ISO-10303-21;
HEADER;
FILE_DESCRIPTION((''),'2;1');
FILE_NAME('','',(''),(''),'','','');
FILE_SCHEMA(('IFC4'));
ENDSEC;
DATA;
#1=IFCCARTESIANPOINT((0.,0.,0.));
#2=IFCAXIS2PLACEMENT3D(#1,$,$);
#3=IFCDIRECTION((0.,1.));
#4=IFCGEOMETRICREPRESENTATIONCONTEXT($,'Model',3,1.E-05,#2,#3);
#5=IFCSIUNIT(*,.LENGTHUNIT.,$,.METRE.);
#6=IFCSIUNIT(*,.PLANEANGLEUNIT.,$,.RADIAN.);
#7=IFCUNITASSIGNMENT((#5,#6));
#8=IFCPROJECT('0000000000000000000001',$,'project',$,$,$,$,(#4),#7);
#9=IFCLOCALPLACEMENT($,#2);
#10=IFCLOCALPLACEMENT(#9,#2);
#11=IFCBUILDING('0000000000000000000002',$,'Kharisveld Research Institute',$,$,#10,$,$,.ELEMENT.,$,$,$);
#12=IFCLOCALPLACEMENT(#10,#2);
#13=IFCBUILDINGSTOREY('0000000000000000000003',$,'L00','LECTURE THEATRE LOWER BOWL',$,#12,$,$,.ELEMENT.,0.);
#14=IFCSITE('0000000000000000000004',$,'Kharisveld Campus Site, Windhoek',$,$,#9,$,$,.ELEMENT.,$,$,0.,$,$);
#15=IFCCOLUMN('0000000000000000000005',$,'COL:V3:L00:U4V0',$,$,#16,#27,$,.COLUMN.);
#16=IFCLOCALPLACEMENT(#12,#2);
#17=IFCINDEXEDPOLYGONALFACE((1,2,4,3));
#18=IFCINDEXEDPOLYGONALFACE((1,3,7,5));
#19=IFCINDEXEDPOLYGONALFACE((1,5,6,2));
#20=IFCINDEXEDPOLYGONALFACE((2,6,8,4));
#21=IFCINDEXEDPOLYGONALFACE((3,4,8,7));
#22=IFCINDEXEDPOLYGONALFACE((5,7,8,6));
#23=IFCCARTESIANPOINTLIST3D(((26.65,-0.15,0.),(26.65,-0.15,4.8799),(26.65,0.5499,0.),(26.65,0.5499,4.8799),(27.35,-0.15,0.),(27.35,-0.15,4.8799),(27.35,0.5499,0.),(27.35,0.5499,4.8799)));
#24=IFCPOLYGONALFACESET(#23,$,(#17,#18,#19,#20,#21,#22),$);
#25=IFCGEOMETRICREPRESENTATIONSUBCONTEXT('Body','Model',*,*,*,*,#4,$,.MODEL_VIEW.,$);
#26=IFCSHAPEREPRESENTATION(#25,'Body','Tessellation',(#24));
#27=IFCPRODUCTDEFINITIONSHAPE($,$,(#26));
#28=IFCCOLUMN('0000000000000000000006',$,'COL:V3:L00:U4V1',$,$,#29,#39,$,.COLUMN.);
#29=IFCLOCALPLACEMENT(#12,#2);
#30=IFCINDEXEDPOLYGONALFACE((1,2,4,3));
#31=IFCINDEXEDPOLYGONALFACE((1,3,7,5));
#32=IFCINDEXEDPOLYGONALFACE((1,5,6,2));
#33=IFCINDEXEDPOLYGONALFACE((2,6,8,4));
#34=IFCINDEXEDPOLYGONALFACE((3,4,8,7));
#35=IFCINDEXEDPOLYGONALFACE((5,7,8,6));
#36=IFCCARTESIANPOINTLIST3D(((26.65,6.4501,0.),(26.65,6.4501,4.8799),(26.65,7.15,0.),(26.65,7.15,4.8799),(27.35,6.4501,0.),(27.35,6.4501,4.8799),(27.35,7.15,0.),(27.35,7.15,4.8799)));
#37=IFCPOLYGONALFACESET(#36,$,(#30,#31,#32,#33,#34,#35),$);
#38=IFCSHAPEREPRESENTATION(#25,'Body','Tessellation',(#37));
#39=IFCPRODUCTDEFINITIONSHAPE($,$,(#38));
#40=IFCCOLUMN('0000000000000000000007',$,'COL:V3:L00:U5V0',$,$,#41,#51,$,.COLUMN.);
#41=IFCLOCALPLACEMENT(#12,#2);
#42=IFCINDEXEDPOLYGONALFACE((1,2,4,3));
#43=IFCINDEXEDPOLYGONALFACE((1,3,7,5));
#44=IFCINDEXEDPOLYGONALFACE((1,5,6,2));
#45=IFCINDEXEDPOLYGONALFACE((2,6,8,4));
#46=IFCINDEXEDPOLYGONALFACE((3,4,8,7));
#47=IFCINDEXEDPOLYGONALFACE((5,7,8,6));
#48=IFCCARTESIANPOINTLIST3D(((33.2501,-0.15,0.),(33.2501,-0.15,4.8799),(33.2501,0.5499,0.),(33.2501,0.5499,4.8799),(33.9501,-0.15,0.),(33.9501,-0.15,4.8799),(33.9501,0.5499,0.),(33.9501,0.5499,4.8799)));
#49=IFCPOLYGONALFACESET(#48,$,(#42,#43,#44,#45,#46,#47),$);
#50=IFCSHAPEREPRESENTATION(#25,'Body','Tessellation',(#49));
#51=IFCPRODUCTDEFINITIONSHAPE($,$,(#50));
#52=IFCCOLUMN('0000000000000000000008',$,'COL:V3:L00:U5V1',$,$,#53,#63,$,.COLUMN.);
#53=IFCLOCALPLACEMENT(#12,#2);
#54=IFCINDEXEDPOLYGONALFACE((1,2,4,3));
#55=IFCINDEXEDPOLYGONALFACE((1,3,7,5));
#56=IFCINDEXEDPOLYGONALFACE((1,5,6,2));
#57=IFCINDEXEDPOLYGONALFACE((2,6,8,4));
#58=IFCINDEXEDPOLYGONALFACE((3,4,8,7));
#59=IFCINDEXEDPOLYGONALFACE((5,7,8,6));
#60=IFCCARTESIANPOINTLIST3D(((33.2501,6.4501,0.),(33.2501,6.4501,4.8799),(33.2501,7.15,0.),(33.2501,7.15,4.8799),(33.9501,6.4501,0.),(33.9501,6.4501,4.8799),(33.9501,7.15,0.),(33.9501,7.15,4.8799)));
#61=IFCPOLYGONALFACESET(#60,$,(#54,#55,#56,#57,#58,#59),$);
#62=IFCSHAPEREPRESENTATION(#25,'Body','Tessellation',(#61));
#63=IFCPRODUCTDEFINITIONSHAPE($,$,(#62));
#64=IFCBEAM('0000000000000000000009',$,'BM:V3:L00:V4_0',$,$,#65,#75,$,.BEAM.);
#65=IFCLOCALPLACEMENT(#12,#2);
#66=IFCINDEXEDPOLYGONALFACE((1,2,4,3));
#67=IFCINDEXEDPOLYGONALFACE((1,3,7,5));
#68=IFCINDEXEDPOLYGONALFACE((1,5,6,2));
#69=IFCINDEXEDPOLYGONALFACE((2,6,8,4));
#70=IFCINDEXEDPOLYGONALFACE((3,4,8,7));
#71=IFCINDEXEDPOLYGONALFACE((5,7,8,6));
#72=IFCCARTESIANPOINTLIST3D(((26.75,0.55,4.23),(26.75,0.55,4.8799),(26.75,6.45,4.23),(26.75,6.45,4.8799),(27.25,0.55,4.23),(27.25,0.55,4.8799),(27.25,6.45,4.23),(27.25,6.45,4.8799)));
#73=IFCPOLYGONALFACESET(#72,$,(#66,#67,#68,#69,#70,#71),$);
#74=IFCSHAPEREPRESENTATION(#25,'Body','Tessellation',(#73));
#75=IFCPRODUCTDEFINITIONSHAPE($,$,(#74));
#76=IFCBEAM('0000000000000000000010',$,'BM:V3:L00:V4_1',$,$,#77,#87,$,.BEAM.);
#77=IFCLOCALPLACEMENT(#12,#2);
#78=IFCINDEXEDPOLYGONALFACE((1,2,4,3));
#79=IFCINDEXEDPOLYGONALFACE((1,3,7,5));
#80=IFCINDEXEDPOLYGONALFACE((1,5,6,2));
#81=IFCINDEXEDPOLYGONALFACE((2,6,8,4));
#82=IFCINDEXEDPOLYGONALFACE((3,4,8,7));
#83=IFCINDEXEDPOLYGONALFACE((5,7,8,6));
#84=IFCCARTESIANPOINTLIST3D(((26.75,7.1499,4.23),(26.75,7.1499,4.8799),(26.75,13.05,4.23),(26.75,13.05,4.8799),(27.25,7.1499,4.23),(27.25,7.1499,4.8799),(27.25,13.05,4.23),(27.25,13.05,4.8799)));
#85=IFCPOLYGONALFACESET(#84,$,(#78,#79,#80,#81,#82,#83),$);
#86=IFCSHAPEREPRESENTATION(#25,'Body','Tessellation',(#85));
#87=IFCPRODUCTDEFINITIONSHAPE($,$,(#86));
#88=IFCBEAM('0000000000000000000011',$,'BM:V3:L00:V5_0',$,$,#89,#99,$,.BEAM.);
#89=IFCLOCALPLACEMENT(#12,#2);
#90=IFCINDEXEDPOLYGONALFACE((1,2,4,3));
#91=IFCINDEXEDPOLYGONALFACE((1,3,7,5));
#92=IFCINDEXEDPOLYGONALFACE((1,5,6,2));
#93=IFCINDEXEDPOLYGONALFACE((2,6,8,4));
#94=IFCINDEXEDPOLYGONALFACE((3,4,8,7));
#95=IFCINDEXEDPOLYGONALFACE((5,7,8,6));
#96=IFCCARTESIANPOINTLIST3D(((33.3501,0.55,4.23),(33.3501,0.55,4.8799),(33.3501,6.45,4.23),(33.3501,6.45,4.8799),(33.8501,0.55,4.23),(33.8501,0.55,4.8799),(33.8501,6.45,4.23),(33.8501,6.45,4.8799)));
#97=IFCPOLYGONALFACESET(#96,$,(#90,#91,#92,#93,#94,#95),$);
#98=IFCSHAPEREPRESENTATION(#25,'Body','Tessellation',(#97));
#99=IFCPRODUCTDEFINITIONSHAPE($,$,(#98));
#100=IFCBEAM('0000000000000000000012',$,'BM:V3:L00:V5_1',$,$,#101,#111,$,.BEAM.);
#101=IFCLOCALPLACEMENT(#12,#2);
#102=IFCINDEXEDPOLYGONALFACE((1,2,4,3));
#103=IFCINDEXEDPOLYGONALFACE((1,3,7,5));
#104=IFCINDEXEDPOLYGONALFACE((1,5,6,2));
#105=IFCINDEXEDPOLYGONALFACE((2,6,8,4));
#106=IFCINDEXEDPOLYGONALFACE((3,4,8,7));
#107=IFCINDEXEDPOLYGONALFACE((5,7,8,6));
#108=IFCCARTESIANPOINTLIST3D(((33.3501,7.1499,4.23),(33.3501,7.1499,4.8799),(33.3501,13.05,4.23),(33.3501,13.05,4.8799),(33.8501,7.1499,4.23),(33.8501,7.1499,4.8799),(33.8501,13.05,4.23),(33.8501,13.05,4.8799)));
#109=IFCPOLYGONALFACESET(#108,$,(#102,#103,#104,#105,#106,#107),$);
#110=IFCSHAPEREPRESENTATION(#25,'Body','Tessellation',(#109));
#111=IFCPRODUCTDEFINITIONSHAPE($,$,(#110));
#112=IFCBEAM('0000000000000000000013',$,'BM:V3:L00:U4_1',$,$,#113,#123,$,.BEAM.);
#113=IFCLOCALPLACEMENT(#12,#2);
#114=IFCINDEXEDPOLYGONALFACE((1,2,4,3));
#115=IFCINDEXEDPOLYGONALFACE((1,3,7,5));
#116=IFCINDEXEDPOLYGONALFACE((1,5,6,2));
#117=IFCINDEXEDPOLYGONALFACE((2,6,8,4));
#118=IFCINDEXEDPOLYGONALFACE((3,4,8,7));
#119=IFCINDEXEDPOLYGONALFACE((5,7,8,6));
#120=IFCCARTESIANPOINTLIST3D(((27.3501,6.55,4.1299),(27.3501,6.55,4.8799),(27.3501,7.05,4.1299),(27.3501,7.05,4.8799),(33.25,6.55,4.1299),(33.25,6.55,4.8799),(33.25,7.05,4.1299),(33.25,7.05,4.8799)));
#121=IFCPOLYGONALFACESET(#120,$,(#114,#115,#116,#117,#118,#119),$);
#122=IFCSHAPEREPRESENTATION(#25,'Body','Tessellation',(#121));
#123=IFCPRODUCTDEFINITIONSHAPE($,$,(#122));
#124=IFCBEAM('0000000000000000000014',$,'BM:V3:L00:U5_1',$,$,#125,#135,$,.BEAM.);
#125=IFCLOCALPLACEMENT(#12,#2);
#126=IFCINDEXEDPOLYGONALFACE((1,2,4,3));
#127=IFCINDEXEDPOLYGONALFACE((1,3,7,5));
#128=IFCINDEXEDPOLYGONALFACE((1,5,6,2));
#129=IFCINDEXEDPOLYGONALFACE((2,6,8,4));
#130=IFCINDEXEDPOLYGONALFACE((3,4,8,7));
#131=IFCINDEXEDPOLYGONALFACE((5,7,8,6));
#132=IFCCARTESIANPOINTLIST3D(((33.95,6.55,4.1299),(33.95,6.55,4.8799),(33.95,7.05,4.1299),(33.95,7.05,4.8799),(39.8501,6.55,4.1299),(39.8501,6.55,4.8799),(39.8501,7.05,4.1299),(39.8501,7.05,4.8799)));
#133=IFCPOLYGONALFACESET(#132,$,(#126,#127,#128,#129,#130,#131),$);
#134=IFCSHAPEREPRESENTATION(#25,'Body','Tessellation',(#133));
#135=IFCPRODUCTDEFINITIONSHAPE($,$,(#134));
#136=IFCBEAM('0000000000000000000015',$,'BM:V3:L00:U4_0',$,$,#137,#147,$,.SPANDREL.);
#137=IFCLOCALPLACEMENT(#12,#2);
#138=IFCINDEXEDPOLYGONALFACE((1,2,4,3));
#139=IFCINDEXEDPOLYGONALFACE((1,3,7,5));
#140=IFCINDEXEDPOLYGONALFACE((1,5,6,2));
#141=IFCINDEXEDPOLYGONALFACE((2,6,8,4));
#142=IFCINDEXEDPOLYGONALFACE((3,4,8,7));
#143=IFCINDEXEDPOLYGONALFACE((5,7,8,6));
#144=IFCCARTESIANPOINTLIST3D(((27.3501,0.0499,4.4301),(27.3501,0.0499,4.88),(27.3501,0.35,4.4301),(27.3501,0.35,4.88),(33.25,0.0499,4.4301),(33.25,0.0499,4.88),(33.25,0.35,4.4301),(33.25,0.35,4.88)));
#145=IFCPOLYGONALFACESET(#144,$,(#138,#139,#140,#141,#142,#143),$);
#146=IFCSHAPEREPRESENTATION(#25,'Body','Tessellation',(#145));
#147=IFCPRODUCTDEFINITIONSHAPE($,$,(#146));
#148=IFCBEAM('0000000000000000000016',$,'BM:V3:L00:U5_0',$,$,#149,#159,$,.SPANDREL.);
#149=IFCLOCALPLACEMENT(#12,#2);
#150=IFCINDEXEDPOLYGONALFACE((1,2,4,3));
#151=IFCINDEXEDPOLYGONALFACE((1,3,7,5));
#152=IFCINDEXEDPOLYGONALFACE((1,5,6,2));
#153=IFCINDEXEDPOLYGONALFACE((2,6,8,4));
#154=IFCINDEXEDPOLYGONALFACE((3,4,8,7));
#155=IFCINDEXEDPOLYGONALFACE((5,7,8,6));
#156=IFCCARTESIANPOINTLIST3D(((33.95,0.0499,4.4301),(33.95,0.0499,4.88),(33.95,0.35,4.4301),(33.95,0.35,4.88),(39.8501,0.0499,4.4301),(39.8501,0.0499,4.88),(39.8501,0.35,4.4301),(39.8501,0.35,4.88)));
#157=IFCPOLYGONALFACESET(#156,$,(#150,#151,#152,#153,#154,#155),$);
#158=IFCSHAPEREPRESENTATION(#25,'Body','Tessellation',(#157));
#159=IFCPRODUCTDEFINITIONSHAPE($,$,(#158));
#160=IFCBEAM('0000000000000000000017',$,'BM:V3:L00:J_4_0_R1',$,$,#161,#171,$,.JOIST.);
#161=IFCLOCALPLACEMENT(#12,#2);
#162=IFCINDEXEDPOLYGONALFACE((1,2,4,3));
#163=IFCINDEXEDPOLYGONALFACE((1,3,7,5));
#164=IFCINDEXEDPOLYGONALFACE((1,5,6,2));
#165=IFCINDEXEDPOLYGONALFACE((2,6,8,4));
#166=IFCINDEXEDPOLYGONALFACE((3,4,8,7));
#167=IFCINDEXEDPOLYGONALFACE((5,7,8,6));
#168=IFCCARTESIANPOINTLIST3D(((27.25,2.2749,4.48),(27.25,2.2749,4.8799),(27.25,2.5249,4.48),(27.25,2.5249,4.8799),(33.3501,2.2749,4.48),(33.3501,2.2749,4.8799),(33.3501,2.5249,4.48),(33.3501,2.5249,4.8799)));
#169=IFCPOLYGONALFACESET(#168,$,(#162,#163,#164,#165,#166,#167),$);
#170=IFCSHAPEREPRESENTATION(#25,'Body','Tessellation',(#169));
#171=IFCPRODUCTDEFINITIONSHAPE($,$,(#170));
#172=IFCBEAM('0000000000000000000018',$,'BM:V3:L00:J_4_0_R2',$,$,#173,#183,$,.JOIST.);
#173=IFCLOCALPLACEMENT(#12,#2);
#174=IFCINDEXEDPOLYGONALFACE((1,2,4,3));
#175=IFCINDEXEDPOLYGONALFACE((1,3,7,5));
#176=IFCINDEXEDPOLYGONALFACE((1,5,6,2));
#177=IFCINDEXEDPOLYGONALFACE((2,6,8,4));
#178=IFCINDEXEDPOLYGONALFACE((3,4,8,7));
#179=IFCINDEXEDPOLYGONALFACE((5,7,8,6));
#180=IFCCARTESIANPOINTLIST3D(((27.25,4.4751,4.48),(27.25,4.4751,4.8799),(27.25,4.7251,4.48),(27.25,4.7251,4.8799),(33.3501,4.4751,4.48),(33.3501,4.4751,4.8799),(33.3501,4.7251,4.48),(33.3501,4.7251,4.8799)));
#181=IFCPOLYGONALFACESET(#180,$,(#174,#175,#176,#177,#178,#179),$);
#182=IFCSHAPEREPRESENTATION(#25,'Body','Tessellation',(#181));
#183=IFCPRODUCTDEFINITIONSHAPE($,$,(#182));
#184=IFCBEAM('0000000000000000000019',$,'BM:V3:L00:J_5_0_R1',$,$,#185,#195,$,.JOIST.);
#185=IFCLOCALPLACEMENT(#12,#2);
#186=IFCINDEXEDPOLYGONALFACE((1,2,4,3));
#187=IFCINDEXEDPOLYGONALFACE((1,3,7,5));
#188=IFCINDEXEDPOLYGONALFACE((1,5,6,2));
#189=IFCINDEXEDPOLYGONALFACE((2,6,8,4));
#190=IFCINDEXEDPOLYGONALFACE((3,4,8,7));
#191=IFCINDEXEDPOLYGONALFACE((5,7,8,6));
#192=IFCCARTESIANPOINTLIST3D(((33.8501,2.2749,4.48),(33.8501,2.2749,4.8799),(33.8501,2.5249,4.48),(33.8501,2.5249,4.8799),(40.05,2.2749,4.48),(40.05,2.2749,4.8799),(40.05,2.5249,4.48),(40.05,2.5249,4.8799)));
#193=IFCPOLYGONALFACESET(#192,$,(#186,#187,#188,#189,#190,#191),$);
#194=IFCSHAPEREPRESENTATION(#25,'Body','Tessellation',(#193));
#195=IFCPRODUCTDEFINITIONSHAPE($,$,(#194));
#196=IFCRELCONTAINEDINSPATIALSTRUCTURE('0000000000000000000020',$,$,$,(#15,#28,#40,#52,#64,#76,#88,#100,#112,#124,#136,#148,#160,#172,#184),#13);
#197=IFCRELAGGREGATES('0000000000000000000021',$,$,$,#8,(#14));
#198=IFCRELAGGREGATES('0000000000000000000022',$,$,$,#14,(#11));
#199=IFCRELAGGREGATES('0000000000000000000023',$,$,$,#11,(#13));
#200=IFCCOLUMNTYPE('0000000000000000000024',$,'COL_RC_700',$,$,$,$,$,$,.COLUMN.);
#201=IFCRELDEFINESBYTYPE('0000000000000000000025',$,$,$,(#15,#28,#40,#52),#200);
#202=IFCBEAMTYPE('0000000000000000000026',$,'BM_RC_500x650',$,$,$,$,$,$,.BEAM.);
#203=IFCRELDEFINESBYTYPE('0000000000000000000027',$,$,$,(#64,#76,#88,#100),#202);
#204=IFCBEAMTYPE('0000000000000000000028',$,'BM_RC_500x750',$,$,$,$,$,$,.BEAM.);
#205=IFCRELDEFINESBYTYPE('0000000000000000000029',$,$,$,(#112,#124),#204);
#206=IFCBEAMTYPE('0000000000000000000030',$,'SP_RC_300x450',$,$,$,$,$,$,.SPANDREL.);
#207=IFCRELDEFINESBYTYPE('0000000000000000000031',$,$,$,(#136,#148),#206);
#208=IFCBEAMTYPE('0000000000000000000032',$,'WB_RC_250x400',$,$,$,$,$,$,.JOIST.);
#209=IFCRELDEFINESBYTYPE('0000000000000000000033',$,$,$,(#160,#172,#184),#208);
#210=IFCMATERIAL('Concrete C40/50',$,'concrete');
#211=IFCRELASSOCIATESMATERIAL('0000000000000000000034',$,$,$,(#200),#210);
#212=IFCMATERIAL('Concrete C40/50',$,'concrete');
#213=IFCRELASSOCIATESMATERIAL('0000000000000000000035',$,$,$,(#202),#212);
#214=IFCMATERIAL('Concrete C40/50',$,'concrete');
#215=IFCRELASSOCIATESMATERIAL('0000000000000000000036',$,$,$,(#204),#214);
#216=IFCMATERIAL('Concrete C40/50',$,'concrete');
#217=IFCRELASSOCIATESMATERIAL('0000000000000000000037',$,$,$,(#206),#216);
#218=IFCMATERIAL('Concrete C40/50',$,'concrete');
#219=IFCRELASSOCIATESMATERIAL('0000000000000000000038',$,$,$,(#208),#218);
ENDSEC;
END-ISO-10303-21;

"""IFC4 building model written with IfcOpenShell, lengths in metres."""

from ifc_helpers import new_model, si_unit, direction, frame, origin, origin_2d, place, context, subcontext, project, spatial, rectangle, extrude, material, material_profile, profile_set, type_object, element, save


model = new_model("IFC4")

# Units and contexts
model_context = context("Model", 3, precision=1e-05, world=origin(), true_north=direction((0.0, 1.0)))
body_context = subcontext(model_context, "Body", "Model", "MODEL_VIEW")
ifc_project = project(units=[si_unit("LENGTHUNIT", "METRE"), si_unit("PLANEANGLEUNIT", "RADIAN")], contexts=[model_context])

# Site, building, storey
site_placement = place(None, origin())
site = spatial("IfcSite", under=ifc_project, at=site_placement, Name="Kharisveld Campus Site, Windhoek", CompositionType="ELEMENT", RefElevation=0.0)
building_placement = place(site_placement, origin())
building = spatial("IfcBuilding", under=site, at=building_placement, Name="Kharisveld Research Institute", CompositionType="ELEMENT")
storey_placement = place(building_placement, origin())
storey = spatial("IfcBuildingStorey", under=building, at=storey_placement, Name="L00", Description="LECTURE THEATRE LOWER BOWL", CompositionType="ELEMENT", Elevation=0.0)

# Columns
ifc_material_1 = material(Name="Concrete C40/50", Category="concrete")
ifc_material_profile_1 = material_profile(ifc_material_1, rectangle(XDim=0.7, YDim=0.7, at=origin_2d()))
ifc_profile_set_1 = profile_set([ifc_material_profile_1], Name="Concrete C40/50")
column_type = type_object("IfcColumnType", Name="COL_RC_700", PredefinedType="COLUMN", material=ifc_profile_set_1)
for number, where, z_axis, x_axis, name in (
    (1, (27.0, 0.2, 0.0), (0.0, 0.0, 1.0), (1.0, 0.0, 0.0), "COL:V3:L00:U4V0"),
    (2, (27.0, 6.8, 0.0), (0.0, 0.0, 1.0), (1.0, 0.0, 0.0), "COL:V3:L00:U4V1"),
    (3, (33.6001, 0.2, 0.0), (0.0, 0.0, 1.0), (1.0, 0.0, 0.0), "COL:V3:L00:U5V0"),
    (4, (33.6001, 6.8, 0.0), (0.0, 0.0, 1.0), (1.0, 0.0, 0.0), "COL:V3:L00:U5V1"),
):
    element("IfcColumn", number, at=place(storey_placement, frame(where, z_axis=z_axis, x_axis=x_axis)), inside=storey, type_object=column_type, Name=name, PredefinedType="COLUMN", context=body_context, shape_type="SweptSolid", body=[
        extrude(rectangle(XDim=0.7, YDim=0.7, at=origin_2d()), origin(), (0.0, 0.0, 1.0), 4.8799),
    ])

# Beams
ifc_material_2 = material(Name="Concrete C40/50", Category="concrete")
ifc_material_profile_2 = material_profile(ifc_material_2, rectangle(XDim=0.5, YDim=0.6499, at=origin_2d()))
ifc_profile_set_2 = profile_set([ifc_material_profile_2], Name="Concrete C40/50")
beam_type_1 = type_object("IfcBeamType", Name="BM_RC_500x650", PredefinedType="BEAM", material=ifc_profile_set_2)
beam_1_placement = place(storey_placement, frame((27.0, 0.55, 4.5549), z_axis=(0.0, 1.0, 0.0), x_axis=(-1.0, 0.0, 0.0)))
element("IfcBeam", 5, at=beam_1_placement, inside=storey, type_object=beam_type_1, Name="BM:V3:L00:V4_0", PredefinedType="BEAM", context=body_context, shape_type="SweptSolid", body=[
    extrude(rectangle(XDim=0.5, YDim=0.6499, at=origin_2d()), origin(), (0.0, 0.0, 1.0), 5.8999),
])
beam_2_placement = place(storey_placement, frame((27.0, 7.1499, 4.5549), z_axis=(0.0, 1.0, 0.0), x_axis=(-1.0, 0.0, 0.0)))
element("IfcBeam", 6, at=beam_2_placement, inside=storey, type_object=beam_type_1, Name="BM:V3:L00:V4_1", PredefinedType="BEAM", context=body_context, shape_type="SweptSolid", body=[
    extrude(rectangle(XDim=0.5, YDim=0.6499, at=origin_2d()), origin(), (0.0, 0.0, 1.0), 5.9001),
])
beam_3_placement = place(storey_placement, frame((33.6001, 0.55, 4.5549), z_axis=(0.0, 1.0, 0.0), x_axis=(-1.0, 0.0, 0.0)))
element("IfcBeam", 7, at=beam_3_placement, inside=storey, type_object=beam_type_1, Name="BM:V3:L00:V5_0", PredefinedType="BEAM", context=body_context, shape_type="SweptSolid", body=[
    extrude(rectangle(XDim=0.5, YDim=0.6499, at=origin_2d()), origin(), (0.0, 0.0, 1.0), 5.8999),
])
beam_4_placement = place(storey_placement, frame((33.6001, 7.1499, 4.5549), z_axis=(0.0, 1.0, 0.0), x_axis=(-1.0, 0.0, 0.0)))
element("IfcBeam", 8, at=beam_4_placement, inside=storey, type_object=beam_type_1, Name="BM:V3:L00:V5_1", PredefinedType="BEAM", context=body_context, shape_type="SweptSolid", body=[
    extrude(rectangle(XDim=0.5, YDim=0.6499, at=origin_2d()), origin(), (0.0, 0.0, 1.0), 5.9001),
])
ifc_material_3 = material(Name="Concrete C40/50", Category="concrete")
ifc_material_profile_3 = material_profile(ifc_material_3, rectangle(XDim=0.5, YDim=0.75, at=origin_2d()))
ifc_profile_set_3 = profile_set([ifc_material_profile_3], Name="Concrete C40/50")
beam_type_2 = type_object("IfcBeamType", Name="BM_RC_500x750", PredefinedType="BEAM", material=ifc_profile_set_3)
beam_5_placement = place(storey_placement, frame((27.3501, 6.8, 4.5049), z_axis=(1.0, 0.0, 0.0), x_axis=(0.0, 1.0, 0.0)))
element("IfcBeam", 9, at=beam_5_placement, inside=storey, type_object=beam_type_2, Name="BM:V3:L00:U4_1", PredefinedType="BEAM", context=body_context, shape_type="SweptSolid", body=[
    extrude(rectangle(XDim=0.5, YDim=0.75, at=origin_2d()), origin(), (0.0, 0.0, 1.0), 5.8999),
])
beam_6_placement = place(storey_placement, frame((33.95, 6.8, 4.5049), z_axis=(1.0, 0.0, 0.0), x_axis=(0.0, 1.0, 0.0)))
element("IfcBeam", 10, at=beam_6_placement, inside=storey, type_object=beam_type_2, Name="BM:V3:L00:U5_1", PredefinedType="BEAM", context=body_context, shape_type="SweptSolid", body=[
    extrude(rectangle(XDim=0.5, YDim=0.75, at=origin_2d()), origin(), (0.0, 0.0, 1.0), 5.9001),
])
ifc_material_4 = material(Name="Concrete C40/50", Category="concrete")
ifc_material_profile_4 = material_profile(ifc_material_4, rectangle(XDim=0.3, YDim=0.45, at=origin_2d()))
ifc_profile_set_4 = profile_set([ifc_material_profile_4], Name="Concrete C40/50")
beam_type_3 = type_object("IfcBeamType", Name="SP_RC_300x450", PredefinedType="SPANDREL", material=ifc_profile_set_4)
beam_7_placement = place(storey_placement, frame((27.3501, 0.2, 4.655), z_axis=(1.0, 0.0, 0.0), x_axis=(0.0, 1.0, 0.0)))
element("IfcBeam", 11, at=beam_7_placement, inside=storey, type_object=beam_type_3, Name="BM:V3:L00:U4_0", PredefinedType="SPANDREL", context=body_context, shape_type="SweptSolid", body=[
    extrude(rectangle(XDim=0.3, YDim=0.45, at=origin_2d()), origin(), (0.0, 0.0, 1.0), 5.8999),
])
beam_8_placement = place(storey_placement, frame((33.95, 0.2, 4.655), z_axis=(1.0, 0.0, 0.0), x_axis=(0.0, 1.0, 0.0)))
element("IfcBeam", 12, at=beam_8_placement, inside=storey, type_object=beam_type_3, Name="BM:V3:L00:U5_0", PredefinedType="SPANDREL", context=body_context, shape_type="SweptSolid", body=[
    extrude(rectangle(XDim=0.3, YDim=0.45, at=origin_2d()), origin(), (0.0, 0.0, 1.0), 5.9001),
])
ifc_material_5 = material(Name="Concrete C40/50", Category="concrete")
ifc_material_profile_5 = material_profile(ifc_material_5, rectangle(XDim=0.25, YDim=0.3999, at=origin_2d()))
ifc_profile_set_5 = profile_set([ifc_material_profile_5], Name="Concrete C40/50")
beam_type_4 = type_object("IfcBeamType", Name="WB_RC_250x400", PredefinedType="JOIST", material=ifc_profile_set_5)
for number, where, z_axis, x_axis, name in (
    (13, (27.25, 2.3999, 4.6799), (1.0, 0.0, 0.0), (0.0, 1.0, 0.0), "BM:V3:L00:J_4_0_R1"),
    (14, (27.25, 4.6001, 4.6799), (1.0, 0.0, 0.0), (0.0, 1.0, 0.0), "BM:V3:L00:J_4_0_R2"),
):
    element("IfcBeam", number, at=place(storey_placement, frame(where, z_axis=z_axis, x_axis=x_axis)), inside=storey, type_object=beam_type_4, Name=name, PredefinedType="JOIST", context=body_context, shape_type="SweptSolid", body=[
        extrude(rectangle(XDim=0.25, YDim=0.3999, at=origin_2d()), origin(), (0.0, 0.0, 1.0), 6.1001),
    ])
for number, where, z_axis, x_axis, name in (
    (15, (33.8501, 2.3999, 4.6799), (1.0, 0.0, 0.0), (0.0, 1.0, 0.0), "BM:V3:L00:J_5_0_R1"),
):
    element("IfcBeam", number, at=place(storey_placement, frame(where, z_axis=z_axis, x_axis=x_axis)), inside=storey, type_object=beam_type_4, Name=name, PredefinedType="JOIST", context=body_context, shape_type="SweptSolid", body=[
        extrude(rectangle(XDim=0.25, YDim=0.3999, at=origin_2d()), origin(), (0.0, 0.0, 1.0), 6.2),
    ])

save(model, "model.ifc")
